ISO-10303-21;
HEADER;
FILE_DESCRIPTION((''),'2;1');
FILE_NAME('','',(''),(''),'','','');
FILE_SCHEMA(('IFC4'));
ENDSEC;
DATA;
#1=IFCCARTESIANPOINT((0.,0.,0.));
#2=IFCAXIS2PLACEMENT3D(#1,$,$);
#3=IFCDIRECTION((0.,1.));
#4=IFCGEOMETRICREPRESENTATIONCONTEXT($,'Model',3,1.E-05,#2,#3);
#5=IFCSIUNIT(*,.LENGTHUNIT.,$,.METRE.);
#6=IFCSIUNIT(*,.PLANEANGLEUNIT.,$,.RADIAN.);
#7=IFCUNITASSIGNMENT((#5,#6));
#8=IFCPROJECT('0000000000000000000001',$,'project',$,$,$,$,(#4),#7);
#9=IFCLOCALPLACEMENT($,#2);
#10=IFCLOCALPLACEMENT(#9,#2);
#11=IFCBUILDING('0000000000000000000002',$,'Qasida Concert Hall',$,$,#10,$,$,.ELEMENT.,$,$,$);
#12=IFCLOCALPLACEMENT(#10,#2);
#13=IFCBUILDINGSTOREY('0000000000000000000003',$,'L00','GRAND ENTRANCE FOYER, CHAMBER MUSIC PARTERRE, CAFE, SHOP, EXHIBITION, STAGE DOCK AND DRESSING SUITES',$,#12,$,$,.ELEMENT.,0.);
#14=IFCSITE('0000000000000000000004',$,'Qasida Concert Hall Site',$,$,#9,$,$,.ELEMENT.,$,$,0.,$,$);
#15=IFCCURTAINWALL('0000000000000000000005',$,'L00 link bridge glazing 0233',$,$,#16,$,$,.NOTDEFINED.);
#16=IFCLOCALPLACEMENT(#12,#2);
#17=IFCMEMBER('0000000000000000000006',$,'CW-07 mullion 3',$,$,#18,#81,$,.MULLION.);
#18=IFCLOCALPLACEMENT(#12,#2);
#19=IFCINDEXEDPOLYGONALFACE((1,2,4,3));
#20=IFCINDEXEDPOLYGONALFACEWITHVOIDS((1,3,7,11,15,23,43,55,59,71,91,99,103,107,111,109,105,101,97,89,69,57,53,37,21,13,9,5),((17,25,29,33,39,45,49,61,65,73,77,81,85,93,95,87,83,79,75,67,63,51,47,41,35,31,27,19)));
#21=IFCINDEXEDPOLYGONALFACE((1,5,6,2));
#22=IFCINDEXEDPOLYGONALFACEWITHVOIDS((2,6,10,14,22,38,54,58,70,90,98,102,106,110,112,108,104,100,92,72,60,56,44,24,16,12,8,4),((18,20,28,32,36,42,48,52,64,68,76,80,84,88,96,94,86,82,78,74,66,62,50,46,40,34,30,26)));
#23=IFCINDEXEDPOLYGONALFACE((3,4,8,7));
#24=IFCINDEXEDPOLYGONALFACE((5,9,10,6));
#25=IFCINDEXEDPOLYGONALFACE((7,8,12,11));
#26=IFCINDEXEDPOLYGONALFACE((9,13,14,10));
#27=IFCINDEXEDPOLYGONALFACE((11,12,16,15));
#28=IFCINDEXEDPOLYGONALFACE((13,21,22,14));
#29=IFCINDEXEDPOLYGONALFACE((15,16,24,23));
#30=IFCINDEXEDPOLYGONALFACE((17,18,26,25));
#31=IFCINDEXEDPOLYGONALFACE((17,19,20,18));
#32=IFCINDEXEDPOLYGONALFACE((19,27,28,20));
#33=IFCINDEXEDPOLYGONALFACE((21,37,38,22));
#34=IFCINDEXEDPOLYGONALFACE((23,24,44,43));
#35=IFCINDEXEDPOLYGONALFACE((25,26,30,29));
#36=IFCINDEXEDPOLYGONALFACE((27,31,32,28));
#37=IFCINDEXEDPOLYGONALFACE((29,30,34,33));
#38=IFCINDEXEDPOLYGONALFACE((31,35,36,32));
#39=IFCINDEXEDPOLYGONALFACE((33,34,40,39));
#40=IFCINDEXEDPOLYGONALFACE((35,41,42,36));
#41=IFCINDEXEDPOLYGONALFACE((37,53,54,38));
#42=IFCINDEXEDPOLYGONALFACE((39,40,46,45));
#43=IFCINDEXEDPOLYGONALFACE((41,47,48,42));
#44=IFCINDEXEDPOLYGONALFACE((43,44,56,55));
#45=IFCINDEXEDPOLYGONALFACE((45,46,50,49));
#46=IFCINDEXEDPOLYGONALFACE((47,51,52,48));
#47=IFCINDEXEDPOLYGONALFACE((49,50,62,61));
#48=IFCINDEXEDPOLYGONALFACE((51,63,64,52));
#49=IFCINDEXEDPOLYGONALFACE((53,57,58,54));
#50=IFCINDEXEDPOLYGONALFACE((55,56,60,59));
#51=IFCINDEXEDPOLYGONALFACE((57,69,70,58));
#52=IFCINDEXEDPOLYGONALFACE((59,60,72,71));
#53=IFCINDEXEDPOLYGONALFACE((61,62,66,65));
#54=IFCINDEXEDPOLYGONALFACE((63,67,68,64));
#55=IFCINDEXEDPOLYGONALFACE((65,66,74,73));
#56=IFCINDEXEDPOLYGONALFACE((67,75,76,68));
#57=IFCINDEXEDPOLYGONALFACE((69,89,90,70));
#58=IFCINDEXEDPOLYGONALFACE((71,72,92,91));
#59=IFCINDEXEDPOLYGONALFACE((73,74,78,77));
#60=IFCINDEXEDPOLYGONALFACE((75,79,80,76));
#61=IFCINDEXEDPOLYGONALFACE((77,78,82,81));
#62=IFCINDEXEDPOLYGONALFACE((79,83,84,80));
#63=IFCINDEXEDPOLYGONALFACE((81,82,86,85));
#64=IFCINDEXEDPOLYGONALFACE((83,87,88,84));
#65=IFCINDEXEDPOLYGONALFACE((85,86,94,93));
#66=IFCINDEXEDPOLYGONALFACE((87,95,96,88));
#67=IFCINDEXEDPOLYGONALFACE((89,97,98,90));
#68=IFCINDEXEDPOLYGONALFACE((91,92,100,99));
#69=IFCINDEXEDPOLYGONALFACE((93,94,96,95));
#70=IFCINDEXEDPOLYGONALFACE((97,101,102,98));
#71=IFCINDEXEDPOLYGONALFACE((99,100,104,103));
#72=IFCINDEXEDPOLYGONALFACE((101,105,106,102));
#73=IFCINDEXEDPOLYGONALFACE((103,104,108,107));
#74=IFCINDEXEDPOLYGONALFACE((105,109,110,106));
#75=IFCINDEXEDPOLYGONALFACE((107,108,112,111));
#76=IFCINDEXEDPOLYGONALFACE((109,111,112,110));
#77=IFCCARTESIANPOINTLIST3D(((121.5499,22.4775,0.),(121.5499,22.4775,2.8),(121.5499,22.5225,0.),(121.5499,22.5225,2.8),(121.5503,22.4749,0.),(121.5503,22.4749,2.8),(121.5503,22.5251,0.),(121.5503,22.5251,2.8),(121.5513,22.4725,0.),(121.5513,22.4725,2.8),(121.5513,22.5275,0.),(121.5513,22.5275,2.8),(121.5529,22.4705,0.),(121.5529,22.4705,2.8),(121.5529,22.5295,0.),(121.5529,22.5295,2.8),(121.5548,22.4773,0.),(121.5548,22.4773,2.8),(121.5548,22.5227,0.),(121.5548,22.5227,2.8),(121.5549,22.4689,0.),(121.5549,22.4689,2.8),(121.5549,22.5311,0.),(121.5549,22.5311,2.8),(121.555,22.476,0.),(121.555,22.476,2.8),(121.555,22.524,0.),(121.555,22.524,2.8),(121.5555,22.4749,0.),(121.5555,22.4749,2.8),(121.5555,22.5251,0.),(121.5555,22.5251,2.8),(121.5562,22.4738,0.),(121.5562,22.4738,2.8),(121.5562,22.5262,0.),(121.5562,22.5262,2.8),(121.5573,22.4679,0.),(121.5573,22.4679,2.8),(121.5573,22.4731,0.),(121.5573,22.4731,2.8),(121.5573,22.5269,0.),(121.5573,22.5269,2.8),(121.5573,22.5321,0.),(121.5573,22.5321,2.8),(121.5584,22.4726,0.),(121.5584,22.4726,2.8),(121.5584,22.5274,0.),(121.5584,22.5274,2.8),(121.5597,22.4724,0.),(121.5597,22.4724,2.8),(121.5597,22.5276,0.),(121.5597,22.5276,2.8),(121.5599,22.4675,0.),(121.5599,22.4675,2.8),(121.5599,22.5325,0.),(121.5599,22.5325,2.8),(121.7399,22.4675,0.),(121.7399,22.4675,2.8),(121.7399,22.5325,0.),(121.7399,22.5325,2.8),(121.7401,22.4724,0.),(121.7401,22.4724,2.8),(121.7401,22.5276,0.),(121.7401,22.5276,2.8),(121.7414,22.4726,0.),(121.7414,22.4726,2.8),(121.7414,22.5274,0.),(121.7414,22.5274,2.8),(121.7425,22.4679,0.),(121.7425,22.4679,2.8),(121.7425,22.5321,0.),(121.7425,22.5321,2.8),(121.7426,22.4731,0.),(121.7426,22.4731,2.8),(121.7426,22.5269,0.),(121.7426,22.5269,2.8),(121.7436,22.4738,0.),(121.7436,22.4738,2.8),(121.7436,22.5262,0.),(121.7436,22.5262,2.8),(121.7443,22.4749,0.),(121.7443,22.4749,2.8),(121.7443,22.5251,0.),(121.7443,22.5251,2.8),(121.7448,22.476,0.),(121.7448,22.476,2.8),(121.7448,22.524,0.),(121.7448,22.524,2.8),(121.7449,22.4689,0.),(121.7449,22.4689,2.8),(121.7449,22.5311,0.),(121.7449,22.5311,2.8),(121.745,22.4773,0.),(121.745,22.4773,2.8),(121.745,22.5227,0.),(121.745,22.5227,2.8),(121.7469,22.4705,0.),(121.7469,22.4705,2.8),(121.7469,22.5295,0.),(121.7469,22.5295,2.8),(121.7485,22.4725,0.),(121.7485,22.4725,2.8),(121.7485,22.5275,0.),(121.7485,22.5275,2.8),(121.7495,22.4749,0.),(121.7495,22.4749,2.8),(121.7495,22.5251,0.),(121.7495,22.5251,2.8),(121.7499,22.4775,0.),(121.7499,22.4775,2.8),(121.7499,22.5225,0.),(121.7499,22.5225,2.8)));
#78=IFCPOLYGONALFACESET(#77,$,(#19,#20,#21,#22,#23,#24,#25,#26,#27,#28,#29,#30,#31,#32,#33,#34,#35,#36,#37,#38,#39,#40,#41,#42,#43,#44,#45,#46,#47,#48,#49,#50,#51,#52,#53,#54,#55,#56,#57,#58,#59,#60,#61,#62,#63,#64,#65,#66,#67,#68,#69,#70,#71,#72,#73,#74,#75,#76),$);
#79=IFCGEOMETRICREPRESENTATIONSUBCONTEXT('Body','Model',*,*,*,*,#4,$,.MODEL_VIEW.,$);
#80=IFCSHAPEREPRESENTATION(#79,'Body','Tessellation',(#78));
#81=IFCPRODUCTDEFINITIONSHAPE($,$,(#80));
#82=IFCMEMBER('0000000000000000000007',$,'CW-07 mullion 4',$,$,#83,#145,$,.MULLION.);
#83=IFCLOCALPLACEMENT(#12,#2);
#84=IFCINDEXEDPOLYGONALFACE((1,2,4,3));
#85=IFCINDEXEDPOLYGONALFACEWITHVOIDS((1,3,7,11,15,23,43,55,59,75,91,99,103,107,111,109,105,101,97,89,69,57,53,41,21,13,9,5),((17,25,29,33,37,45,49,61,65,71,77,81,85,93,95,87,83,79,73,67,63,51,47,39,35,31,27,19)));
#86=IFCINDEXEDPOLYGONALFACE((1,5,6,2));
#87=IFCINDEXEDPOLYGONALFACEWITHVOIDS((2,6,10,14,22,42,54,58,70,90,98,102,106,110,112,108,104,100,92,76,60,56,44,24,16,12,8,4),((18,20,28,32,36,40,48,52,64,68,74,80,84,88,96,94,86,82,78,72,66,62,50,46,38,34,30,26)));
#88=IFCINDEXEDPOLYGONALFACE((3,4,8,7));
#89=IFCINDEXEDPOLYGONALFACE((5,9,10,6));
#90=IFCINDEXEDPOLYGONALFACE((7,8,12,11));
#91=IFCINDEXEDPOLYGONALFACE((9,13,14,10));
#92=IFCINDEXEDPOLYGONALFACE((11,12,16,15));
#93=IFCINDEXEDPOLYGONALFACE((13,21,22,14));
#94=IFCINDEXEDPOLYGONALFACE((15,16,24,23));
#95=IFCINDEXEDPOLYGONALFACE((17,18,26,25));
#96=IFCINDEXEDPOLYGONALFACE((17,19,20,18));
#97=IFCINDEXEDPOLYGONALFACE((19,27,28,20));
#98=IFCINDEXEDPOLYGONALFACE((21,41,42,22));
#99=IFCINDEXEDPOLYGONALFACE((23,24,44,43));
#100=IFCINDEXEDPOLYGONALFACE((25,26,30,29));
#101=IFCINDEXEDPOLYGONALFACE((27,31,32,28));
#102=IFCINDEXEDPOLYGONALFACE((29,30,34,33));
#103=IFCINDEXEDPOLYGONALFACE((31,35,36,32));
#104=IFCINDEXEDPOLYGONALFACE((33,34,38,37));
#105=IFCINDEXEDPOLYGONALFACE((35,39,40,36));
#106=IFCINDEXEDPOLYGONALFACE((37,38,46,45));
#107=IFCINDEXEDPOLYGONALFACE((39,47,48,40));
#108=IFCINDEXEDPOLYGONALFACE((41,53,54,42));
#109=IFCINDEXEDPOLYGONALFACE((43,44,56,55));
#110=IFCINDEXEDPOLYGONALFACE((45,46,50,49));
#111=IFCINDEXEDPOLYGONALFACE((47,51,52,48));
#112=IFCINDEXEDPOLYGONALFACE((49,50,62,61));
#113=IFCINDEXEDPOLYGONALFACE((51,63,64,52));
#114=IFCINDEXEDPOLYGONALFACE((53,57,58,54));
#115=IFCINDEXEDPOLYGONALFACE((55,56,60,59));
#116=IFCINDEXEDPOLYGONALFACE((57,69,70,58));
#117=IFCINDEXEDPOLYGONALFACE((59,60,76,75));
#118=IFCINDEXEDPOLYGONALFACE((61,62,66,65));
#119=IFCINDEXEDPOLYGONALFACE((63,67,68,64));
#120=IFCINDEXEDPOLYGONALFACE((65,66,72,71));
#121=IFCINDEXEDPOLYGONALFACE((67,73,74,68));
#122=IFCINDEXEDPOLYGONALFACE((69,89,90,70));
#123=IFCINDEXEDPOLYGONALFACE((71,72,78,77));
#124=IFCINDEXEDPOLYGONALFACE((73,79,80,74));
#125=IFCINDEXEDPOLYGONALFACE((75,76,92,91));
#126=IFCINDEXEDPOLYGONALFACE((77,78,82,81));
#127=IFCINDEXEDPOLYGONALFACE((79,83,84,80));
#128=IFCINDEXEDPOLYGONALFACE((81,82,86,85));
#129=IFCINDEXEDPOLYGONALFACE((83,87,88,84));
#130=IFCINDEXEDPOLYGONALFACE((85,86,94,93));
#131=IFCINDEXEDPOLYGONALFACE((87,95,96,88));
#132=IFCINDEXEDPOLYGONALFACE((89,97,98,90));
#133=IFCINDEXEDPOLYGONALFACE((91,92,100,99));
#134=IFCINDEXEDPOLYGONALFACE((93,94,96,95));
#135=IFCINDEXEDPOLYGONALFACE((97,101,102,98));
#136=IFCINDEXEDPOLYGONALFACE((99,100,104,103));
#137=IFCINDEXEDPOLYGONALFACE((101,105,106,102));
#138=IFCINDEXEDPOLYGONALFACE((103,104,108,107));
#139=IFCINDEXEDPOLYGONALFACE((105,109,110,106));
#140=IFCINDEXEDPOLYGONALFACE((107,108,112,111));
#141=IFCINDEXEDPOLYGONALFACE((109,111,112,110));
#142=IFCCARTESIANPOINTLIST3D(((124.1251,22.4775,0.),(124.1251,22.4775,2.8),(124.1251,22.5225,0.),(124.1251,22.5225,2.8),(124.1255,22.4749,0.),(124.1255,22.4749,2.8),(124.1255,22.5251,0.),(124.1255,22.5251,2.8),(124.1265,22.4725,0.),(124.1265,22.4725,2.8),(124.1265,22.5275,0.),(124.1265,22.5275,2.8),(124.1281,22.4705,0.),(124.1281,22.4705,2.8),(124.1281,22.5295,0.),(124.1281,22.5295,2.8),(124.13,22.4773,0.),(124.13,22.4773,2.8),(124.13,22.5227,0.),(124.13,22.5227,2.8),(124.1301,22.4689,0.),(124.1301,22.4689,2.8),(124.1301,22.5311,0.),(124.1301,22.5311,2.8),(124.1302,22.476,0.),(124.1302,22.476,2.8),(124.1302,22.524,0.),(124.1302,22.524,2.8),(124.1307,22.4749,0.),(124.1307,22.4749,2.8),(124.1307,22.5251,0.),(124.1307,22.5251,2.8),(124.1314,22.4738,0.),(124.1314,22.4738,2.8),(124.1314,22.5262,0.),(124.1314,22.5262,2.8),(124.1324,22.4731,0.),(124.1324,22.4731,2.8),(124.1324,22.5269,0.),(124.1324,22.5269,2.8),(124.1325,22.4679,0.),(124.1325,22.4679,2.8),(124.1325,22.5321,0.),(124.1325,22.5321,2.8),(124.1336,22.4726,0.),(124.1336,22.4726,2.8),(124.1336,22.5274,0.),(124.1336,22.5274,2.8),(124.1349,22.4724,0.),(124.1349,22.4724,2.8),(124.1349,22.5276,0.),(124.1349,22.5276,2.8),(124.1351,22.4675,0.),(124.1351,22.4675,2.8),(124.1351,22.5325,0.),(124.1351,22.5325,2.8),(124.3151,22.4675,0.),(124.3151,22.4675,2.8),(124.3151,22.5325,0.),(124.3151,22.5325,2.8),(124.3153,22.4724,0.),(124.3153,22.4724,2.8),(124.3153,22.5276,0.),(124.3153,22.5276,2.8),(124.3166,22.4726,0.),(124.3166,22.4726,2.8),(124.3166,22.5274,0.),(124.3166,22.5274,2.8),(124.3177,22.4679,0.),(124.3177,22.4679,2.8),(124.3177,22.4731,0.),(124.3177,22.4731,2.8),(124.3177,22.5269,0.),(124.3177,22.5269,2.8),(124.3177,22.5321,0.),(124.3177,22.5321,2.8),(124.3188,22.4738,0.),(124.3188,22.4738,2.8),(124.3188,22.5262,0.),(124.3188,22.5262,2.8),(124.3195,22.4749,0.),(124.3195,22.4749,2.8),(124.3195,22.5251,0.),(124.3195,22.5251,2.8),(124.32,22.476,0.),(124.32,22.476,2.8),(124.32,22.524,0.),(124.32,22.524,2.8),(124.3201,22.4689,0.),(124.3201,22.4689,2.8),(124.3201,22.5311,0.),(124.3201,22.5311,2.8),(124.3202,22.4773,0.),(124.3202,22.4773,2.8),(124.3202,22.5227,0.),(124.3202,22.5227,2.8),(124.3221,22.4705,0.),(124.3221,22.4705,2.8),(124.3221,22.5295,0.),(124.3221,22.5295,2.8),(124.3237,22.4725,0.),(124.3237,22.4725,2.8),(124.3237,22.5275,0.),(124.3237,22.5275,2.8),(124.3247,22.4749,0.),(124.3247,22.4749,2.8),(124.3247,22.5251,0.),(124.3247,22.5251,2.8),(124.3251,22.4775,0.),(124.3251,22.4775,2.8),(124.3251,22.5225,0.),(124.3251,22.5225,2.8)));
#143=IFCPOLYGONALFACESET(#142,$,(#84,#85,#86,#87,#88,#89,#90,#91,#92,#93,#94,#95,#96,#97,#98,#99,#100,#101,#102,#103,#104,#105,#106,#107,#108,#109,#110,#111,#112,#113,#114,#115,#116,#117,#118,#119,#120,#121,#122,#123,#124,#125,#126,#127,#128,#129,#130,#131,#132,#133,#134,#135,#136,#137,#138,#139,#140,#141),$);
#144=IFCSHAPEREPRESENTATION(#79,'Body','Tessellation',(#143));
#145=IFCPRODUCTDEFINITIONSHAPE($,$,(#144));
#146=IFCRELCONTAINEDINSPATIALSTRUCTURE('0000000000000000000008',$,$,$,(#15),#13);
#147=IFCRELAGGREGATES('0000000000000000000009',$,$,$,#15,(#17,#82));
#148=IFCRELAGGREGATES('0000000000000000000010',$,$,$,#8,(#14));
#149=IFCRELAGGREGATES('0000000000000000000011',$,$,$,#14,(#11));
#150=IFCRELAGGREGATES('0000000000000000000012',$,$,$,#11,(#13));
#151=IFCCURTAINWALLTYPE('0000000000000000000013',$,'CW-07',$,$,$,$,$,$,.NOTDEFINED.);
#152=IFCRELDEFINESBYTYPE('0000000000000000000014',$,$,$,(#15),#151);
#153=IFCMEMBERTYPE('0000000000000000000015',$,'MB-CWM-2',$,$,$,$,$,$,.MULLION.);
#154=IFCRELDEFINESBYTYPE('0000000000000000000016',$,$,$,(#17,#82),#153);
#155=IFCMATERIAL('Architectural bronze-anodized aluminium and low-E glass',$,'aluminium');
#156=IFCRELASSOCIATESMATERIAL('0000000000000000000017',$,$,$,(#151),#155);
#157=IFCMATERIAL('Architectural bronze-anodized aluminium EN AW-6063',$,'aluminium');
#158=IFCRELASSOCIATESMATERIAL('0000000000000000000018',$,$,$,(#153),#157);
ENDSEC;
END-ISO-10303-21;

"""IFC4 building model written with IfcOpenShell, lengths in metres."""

from ifc_helpers import new_model, si_unit, direction, frame, origin, origin_2d, place, context, subcontext, project, spatial, hollow_rectangle, extrude, material, material_profile, profile_set, type_object, element, aggregate, save


model = new_model("IFC4")

# Units and contexts
model_context = context("Model", 3, precision=1e-05, world=origin(), true_north=direction((0.0, 1.0)))
body_context = subcontext(model_context, "Body", "Model", "MODEL_VIEW")
ifc_project = project(units=[si_unit("LENGTHUNIT", "METRE"), si_unit("PLANEANGLEUNIT", "RADIAN")], contexts=[model_context])

# Site, building, storey
site_placement = place(None, origin())
site = spatial("IfcSite", under=ifc_project, at=site_placement, Name="Qasida Concert Hall Site", CompositionType="ELEMENT", RefElevation=0.0)
building_placement = place(site_placement, origin())
building = spatial("IfcBuilding", under=site, at=building_placement, Name="Qasida Concert Hall", CompositionType="ELEMENT")
storey_placement = place(building_placement, origin())
storey = spatial("IfcBuildingStorey", under=building, at=storey_placement, Name="L00", Description="GRAND ENTRANCE FOYER, CHAMBER MUSIC PARTERRE, CAFE, SHOP, EXHIBITION, STAGE DOCK AND DRESSING SUITES", CompositionType="ELEMENT", Elevation=0.0)

# Curtain wall, members
ifc_material_1 = material(Name="Architectural bronze-anodized aluminium and low-E glass", Category="aluminium")
curtain_wall_type = type_object("IfcCurtainWallType", Name="CW-07", PredefinedType="NOTDEFINED", material=ifc_material_1)
curtain_wall_placement = place(storey_placement, origin())
curtain_wall = element("IfcCurtainWall", 1, at=curtain_wall_placement, inside=storey, type_object=curtain_wall_type, Name="L00 link bridge glazing 0233", PredefinedType="NOTDEFINED")
ifc_material_2 = material(Name="Architectural bronze-anodized aluminium EN AW-6063", Category="aluminium")
ifc_material_profile_1 = material_profile(ifc_material_2, hollow_rectangle(XDim=0.0649, YDim=0.2, WallThickness=0.0049, InnerFilletRadius=0.0049, OuterFilletRadius=0.01, at=origin_2d()), Name="CWM 200x65x5")
ifc_profile_set_1 = profile_set([ifc_material_profile_1], Name="Architectural bronze-anodized aluminium EN AW-6063")
member_type_1 = type_object("IfcMemberType", Name="MB-CWM-2", PredefinedType="MULLION", material=ifc_profile_set_1)
member_1_placement = place(storey_placement, frame((121.6499, 22.5, 0.0), z_axis=(0.0, 0.0, 1.0), x_axis=(0.0, 1.0, 0.0)))
member_1 = element("IfcMember", 2, at=member_1_placement, type_object=member_type_1, Name="CW-07 mullion 3", PredefinedType="MULLION", context=body_context, shape_type="SweptSolid", body=[
    extrude(hollow_rectangle(XDim=0.0649, YDim=0.2, WallThickness=0.0049, InnerFilletRadius=0.0049, OuterFilletRadius=0.01, at=origin_2d()), origin(), (0.0, 0.0, 1.0), 2.8),
])
member_2_placement = place(storey_placement, frame((124.2251, 22.5, 0.0), z_axis=(0.0, 0.0, 1.0), x_axis=(0.0, 1.0, 0.0)))
member_2 = element("IfcMember", 3, at=member_2_placement, type_object=member_type_1, Name="CW-07 mullion 4", PredefinedType="MULLION", context=body_context, shape_type="SweptSolid", body=[
    extrude(hollow_rectangle(XDim=0.0649, YDim=0.2, WallThickness=0.0049, InnerFilletRadius=0.0049, OuterFilletRadius=0.01, at=origin_2d()), origin(), (0.0, 0.0, 1.0), 2.8),
])
aggregate(curtain_wall, [member_1, member_2])

save(model, "model.ifc")
